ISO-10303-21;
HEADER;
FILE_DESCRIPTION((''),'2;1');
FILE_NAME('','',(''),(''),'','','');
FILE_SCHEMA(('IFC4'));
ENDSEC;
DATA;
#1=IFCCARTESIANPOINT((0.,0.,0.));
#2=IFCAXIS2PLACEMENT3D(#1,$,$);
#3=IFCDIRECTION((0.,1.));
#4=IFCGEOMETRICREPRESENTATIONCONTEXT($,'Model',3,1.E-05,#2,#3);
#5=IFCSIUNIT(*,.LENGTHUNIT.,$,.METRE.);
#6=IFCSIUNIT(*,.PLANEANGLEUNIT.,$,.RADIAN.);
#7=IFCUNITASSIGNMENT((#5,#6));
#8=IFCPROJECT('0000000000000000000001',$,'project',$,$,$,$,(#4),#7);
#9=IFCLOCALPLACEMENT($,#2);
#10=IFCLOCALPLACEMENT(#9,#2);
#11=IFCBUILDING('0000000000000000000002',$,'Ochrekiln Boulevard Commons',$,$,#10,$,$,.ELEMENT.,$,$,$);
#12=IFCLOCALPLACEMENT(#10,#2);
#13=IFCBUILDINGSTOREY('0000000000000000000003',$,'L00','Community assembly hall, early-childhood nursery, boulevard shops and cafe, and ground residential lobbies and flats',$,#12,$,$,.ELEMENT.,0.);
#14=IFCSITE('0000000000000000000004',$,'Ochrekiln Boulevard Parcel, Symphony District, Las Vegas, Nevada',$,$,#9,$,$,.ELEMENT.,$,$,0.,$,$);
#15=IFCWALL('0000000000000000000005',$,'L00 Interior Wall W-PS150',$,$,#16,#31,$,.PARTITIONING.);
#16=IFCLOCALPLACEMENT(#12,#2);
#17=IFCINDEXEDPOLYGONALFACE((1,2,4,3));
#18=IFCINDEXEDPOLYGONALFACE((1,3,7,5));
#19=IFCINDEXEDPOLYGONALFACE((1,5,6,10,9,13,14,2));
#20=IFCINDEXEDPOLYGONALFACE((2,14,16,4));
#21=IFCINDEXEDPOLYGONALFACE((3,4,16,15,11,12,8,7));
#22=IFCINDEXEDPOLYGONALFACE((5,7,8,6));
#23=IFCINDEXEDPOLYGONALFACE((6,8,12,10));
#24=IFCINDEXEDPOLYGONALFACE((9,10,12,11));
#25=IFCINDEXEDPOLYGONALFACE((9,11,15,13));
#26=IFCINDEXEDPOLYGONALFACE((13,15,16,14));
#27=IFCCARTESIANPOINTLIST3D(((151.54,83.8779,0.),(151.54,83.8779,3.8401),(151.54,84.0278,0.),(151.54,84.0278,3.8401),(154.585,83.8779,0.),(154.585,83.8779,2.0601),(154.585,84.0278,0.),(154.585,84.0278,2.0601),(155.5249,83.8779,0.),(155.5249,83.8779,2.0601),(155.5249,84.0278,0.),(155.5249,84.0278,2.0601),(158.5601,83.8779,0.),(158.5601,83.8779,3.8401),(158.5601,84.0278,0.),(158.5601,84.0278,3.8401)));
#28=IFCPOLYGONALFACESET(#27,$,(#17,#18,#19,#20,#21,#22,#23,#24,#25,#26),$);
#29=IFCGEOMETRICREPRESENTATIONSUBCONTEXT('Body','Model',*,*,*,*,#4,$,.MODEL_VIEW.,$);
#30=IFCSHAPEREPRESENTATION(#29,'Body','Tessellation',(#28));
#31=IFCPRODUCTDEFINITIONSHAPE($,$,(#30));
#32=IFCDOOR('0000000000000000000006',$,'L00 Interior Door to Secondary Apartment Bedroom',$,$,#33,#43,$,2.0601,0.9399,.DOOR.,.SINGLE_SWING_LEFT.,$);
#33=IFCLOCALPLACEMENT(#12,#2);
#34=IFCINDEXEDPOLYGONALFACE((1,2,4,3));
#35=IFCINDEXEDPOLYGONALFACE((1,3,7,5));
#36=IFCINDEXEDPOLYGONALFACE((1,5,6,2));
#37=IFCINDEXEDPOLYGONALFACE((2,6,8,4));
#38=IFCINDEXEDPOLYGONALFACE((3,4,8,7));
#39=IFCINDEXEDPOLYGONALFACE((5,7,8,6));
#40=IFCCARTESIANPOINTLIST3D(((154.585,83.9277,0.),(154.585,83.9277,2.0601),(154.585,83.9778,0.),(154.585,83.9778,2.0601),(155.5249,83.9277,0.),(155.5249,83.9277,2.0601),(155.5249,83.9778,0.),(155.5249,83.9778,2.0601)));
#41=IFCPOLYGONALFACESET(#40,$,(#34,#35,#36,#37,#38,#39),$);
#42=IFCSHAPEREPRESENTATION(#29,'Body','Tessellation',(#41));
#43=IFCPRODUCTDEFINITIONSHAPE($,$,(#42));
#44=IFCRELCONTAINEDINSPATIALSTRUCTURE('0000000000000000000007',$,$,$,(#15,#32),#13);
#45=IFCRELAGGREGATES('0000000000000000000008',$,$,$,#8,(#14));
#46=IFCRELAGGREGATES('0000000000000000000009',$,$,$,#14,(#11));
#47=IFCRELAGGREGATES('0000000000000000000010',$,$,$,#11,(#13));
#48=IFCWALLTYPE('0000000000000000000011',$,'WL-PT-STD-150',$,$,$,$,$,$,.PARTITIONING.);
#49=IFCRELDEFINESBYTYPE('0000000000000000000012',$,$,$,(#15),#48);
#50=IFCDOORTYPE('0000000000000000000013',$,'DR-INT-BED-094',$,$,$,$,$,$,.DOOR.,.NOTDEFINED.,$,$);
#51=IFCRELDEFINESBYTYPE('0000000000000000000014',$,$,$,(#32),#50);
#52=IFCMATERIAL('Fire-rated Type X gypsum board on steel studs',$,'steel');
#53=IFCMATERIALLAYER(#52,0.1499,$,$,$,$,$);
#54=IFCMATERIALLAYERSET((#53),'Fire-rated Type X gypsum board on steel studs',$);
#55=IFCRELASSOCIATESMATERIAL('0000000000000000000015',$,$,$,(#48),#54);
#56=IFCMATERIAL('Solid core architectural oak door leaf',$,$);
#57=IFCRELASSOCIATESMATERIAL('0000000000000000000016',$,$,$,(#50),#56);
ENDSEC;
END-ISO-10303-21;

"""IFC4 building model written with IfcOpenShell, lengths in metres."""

from ifc_helpers import new_model, si_unit, direction, frame, frame_2d, origin, place, context, subcontext, project, spatial, rectangle, extrude, material, layer, layer_set, type_object, element, fill, save


model = new_model("IFC4")

# Units and contexts
model_context = context("Model", 3, precision=1e-05, world=origin(), true_north=direction((0.0, 1.0)))
body_context = subcontext(model_context, "Body", "Model", "MODEL_VIEW")
ifc_project = project(units=[si_unit("LENGTHUNIT", "METRE"), si_unit("PLANEANGLEUNIT", "RADIAN")], contexts=[model_context])

# Site, building, storey
site_placement = place(None, origin())
site = spatial("IfcSite", under=ifc_project, at=site_placement, Name="Ochrekiln Boulevard Parcel, Symphony District, Las Vegas, Nevada", CompositionType="ELEMENT", RefElevation=0.0)
building_placement = place(site_placement, origin())
building = spatial("IfcBuilding", under=site, at=building_placement, Name="Ochrekiln Boulevard Commons", CompositionType="ELEMENT")
storey_placement = place(building_placement, origin())
storey = spatial("IfcBuildingStorey", under=building, at=storey_placement, Name="L00", Description="Community assembly hall, early-childhood nursery, boulevard shops and cafe, and ground residential lobbies and flats", CompositionType="ELEMENT", Elevation=0.0)

# Wall, opening, door
ifc_material_1 = material(Name="Fire-rated Type X gypsum board on steel studs", Category="steel")
ifc_layer = layer(ifc_material_1, 0.1499)
ifc_layer_set = layer_set([ifc_layer], Name="Fire-rated Type X gypsum board on steel studs")
wall_type = type_object("IfcWallType", Name="WL-PT-STD-150", PredefinedType="PARTITIONING", material=ifc_layer_set)
ifc_material_2 = material(Name="Solid core architectural oak door leaf")
wall_1_placement = place(storey_placement, frame((151.54, 83.9529, 0.0), z_axis=(0.0, 0.0, 1.0), x_axis=(1.0, 0.0, 0.0)))
wall_1 = element("IfcWall", 1, at=wall_1_placement, inside=storey, type_object=wall_type, Name="L00 Interior Wall W-PS150", PredefinedType="PARTITIONING", context=body_context, shape_type="SweptSolid", body=[
    extrude(rectangle(XDim=7.02, YDim=0.1499, at=frame_2d((3.51, 0.0))), origin(), (0.0, 0.0, 1.0), 3.8401),
])
opening_1_placement = place(wall_1_placement, frame((3.0449, 0.0, 0.0)))
opening_1 = element("IfcOpeningElement", 2, at=opening_1_placement, cuts=wall_1, PredefinedType="OPENING", context=body_context, shape_type="SweptSolid", body=[
    extrude(rectangle(XDim=0.9399, YDim=2.0601, at=frame_2d((0.47, 1.03))), frame((0.0, 0.085, 0.0), z_axis=(0.0, -1.0, 0.0), x_axis=(1.0, 0.0, 0.0)), (0.0, 0.0, 1.0), 0.1699),
])
door_type_1 = type_object("IfcDoorType", Name="DR-INT-BED-094", OperationType="NOTDEFINED", PredefinedType="DOOR", material=ifc_material_2)
door_1_placement = place(opening_1_placement, origin())
door_1 = element("IfcDoor", 3, at=door_1_placement, inside=storey, type_object=door_type_1, Name="L00 Interior Door to Secondary Apartment Bedroom", OperationType="SINGLE_SWING_LEFT", OverallHeight=2.0601, OverallWidth=0.9399, PredefinedType="DOOR", context=body_context, shape_type="SweptSolid", body=[
    extrude(rectangle(XDim=0.9399, YDim=2.0601, at=frame_2d((0.47, 1.03))), frame((0.0, 0.0249, 0.0), z_axis=(0.0, -1.0, 0.0), x_axis=(1.0, 0.0, 0.0)), (0.0, 0.0, 1.0), 0.05),
])
fill(opening_1, door_1)

save(model, "model.ifc")
